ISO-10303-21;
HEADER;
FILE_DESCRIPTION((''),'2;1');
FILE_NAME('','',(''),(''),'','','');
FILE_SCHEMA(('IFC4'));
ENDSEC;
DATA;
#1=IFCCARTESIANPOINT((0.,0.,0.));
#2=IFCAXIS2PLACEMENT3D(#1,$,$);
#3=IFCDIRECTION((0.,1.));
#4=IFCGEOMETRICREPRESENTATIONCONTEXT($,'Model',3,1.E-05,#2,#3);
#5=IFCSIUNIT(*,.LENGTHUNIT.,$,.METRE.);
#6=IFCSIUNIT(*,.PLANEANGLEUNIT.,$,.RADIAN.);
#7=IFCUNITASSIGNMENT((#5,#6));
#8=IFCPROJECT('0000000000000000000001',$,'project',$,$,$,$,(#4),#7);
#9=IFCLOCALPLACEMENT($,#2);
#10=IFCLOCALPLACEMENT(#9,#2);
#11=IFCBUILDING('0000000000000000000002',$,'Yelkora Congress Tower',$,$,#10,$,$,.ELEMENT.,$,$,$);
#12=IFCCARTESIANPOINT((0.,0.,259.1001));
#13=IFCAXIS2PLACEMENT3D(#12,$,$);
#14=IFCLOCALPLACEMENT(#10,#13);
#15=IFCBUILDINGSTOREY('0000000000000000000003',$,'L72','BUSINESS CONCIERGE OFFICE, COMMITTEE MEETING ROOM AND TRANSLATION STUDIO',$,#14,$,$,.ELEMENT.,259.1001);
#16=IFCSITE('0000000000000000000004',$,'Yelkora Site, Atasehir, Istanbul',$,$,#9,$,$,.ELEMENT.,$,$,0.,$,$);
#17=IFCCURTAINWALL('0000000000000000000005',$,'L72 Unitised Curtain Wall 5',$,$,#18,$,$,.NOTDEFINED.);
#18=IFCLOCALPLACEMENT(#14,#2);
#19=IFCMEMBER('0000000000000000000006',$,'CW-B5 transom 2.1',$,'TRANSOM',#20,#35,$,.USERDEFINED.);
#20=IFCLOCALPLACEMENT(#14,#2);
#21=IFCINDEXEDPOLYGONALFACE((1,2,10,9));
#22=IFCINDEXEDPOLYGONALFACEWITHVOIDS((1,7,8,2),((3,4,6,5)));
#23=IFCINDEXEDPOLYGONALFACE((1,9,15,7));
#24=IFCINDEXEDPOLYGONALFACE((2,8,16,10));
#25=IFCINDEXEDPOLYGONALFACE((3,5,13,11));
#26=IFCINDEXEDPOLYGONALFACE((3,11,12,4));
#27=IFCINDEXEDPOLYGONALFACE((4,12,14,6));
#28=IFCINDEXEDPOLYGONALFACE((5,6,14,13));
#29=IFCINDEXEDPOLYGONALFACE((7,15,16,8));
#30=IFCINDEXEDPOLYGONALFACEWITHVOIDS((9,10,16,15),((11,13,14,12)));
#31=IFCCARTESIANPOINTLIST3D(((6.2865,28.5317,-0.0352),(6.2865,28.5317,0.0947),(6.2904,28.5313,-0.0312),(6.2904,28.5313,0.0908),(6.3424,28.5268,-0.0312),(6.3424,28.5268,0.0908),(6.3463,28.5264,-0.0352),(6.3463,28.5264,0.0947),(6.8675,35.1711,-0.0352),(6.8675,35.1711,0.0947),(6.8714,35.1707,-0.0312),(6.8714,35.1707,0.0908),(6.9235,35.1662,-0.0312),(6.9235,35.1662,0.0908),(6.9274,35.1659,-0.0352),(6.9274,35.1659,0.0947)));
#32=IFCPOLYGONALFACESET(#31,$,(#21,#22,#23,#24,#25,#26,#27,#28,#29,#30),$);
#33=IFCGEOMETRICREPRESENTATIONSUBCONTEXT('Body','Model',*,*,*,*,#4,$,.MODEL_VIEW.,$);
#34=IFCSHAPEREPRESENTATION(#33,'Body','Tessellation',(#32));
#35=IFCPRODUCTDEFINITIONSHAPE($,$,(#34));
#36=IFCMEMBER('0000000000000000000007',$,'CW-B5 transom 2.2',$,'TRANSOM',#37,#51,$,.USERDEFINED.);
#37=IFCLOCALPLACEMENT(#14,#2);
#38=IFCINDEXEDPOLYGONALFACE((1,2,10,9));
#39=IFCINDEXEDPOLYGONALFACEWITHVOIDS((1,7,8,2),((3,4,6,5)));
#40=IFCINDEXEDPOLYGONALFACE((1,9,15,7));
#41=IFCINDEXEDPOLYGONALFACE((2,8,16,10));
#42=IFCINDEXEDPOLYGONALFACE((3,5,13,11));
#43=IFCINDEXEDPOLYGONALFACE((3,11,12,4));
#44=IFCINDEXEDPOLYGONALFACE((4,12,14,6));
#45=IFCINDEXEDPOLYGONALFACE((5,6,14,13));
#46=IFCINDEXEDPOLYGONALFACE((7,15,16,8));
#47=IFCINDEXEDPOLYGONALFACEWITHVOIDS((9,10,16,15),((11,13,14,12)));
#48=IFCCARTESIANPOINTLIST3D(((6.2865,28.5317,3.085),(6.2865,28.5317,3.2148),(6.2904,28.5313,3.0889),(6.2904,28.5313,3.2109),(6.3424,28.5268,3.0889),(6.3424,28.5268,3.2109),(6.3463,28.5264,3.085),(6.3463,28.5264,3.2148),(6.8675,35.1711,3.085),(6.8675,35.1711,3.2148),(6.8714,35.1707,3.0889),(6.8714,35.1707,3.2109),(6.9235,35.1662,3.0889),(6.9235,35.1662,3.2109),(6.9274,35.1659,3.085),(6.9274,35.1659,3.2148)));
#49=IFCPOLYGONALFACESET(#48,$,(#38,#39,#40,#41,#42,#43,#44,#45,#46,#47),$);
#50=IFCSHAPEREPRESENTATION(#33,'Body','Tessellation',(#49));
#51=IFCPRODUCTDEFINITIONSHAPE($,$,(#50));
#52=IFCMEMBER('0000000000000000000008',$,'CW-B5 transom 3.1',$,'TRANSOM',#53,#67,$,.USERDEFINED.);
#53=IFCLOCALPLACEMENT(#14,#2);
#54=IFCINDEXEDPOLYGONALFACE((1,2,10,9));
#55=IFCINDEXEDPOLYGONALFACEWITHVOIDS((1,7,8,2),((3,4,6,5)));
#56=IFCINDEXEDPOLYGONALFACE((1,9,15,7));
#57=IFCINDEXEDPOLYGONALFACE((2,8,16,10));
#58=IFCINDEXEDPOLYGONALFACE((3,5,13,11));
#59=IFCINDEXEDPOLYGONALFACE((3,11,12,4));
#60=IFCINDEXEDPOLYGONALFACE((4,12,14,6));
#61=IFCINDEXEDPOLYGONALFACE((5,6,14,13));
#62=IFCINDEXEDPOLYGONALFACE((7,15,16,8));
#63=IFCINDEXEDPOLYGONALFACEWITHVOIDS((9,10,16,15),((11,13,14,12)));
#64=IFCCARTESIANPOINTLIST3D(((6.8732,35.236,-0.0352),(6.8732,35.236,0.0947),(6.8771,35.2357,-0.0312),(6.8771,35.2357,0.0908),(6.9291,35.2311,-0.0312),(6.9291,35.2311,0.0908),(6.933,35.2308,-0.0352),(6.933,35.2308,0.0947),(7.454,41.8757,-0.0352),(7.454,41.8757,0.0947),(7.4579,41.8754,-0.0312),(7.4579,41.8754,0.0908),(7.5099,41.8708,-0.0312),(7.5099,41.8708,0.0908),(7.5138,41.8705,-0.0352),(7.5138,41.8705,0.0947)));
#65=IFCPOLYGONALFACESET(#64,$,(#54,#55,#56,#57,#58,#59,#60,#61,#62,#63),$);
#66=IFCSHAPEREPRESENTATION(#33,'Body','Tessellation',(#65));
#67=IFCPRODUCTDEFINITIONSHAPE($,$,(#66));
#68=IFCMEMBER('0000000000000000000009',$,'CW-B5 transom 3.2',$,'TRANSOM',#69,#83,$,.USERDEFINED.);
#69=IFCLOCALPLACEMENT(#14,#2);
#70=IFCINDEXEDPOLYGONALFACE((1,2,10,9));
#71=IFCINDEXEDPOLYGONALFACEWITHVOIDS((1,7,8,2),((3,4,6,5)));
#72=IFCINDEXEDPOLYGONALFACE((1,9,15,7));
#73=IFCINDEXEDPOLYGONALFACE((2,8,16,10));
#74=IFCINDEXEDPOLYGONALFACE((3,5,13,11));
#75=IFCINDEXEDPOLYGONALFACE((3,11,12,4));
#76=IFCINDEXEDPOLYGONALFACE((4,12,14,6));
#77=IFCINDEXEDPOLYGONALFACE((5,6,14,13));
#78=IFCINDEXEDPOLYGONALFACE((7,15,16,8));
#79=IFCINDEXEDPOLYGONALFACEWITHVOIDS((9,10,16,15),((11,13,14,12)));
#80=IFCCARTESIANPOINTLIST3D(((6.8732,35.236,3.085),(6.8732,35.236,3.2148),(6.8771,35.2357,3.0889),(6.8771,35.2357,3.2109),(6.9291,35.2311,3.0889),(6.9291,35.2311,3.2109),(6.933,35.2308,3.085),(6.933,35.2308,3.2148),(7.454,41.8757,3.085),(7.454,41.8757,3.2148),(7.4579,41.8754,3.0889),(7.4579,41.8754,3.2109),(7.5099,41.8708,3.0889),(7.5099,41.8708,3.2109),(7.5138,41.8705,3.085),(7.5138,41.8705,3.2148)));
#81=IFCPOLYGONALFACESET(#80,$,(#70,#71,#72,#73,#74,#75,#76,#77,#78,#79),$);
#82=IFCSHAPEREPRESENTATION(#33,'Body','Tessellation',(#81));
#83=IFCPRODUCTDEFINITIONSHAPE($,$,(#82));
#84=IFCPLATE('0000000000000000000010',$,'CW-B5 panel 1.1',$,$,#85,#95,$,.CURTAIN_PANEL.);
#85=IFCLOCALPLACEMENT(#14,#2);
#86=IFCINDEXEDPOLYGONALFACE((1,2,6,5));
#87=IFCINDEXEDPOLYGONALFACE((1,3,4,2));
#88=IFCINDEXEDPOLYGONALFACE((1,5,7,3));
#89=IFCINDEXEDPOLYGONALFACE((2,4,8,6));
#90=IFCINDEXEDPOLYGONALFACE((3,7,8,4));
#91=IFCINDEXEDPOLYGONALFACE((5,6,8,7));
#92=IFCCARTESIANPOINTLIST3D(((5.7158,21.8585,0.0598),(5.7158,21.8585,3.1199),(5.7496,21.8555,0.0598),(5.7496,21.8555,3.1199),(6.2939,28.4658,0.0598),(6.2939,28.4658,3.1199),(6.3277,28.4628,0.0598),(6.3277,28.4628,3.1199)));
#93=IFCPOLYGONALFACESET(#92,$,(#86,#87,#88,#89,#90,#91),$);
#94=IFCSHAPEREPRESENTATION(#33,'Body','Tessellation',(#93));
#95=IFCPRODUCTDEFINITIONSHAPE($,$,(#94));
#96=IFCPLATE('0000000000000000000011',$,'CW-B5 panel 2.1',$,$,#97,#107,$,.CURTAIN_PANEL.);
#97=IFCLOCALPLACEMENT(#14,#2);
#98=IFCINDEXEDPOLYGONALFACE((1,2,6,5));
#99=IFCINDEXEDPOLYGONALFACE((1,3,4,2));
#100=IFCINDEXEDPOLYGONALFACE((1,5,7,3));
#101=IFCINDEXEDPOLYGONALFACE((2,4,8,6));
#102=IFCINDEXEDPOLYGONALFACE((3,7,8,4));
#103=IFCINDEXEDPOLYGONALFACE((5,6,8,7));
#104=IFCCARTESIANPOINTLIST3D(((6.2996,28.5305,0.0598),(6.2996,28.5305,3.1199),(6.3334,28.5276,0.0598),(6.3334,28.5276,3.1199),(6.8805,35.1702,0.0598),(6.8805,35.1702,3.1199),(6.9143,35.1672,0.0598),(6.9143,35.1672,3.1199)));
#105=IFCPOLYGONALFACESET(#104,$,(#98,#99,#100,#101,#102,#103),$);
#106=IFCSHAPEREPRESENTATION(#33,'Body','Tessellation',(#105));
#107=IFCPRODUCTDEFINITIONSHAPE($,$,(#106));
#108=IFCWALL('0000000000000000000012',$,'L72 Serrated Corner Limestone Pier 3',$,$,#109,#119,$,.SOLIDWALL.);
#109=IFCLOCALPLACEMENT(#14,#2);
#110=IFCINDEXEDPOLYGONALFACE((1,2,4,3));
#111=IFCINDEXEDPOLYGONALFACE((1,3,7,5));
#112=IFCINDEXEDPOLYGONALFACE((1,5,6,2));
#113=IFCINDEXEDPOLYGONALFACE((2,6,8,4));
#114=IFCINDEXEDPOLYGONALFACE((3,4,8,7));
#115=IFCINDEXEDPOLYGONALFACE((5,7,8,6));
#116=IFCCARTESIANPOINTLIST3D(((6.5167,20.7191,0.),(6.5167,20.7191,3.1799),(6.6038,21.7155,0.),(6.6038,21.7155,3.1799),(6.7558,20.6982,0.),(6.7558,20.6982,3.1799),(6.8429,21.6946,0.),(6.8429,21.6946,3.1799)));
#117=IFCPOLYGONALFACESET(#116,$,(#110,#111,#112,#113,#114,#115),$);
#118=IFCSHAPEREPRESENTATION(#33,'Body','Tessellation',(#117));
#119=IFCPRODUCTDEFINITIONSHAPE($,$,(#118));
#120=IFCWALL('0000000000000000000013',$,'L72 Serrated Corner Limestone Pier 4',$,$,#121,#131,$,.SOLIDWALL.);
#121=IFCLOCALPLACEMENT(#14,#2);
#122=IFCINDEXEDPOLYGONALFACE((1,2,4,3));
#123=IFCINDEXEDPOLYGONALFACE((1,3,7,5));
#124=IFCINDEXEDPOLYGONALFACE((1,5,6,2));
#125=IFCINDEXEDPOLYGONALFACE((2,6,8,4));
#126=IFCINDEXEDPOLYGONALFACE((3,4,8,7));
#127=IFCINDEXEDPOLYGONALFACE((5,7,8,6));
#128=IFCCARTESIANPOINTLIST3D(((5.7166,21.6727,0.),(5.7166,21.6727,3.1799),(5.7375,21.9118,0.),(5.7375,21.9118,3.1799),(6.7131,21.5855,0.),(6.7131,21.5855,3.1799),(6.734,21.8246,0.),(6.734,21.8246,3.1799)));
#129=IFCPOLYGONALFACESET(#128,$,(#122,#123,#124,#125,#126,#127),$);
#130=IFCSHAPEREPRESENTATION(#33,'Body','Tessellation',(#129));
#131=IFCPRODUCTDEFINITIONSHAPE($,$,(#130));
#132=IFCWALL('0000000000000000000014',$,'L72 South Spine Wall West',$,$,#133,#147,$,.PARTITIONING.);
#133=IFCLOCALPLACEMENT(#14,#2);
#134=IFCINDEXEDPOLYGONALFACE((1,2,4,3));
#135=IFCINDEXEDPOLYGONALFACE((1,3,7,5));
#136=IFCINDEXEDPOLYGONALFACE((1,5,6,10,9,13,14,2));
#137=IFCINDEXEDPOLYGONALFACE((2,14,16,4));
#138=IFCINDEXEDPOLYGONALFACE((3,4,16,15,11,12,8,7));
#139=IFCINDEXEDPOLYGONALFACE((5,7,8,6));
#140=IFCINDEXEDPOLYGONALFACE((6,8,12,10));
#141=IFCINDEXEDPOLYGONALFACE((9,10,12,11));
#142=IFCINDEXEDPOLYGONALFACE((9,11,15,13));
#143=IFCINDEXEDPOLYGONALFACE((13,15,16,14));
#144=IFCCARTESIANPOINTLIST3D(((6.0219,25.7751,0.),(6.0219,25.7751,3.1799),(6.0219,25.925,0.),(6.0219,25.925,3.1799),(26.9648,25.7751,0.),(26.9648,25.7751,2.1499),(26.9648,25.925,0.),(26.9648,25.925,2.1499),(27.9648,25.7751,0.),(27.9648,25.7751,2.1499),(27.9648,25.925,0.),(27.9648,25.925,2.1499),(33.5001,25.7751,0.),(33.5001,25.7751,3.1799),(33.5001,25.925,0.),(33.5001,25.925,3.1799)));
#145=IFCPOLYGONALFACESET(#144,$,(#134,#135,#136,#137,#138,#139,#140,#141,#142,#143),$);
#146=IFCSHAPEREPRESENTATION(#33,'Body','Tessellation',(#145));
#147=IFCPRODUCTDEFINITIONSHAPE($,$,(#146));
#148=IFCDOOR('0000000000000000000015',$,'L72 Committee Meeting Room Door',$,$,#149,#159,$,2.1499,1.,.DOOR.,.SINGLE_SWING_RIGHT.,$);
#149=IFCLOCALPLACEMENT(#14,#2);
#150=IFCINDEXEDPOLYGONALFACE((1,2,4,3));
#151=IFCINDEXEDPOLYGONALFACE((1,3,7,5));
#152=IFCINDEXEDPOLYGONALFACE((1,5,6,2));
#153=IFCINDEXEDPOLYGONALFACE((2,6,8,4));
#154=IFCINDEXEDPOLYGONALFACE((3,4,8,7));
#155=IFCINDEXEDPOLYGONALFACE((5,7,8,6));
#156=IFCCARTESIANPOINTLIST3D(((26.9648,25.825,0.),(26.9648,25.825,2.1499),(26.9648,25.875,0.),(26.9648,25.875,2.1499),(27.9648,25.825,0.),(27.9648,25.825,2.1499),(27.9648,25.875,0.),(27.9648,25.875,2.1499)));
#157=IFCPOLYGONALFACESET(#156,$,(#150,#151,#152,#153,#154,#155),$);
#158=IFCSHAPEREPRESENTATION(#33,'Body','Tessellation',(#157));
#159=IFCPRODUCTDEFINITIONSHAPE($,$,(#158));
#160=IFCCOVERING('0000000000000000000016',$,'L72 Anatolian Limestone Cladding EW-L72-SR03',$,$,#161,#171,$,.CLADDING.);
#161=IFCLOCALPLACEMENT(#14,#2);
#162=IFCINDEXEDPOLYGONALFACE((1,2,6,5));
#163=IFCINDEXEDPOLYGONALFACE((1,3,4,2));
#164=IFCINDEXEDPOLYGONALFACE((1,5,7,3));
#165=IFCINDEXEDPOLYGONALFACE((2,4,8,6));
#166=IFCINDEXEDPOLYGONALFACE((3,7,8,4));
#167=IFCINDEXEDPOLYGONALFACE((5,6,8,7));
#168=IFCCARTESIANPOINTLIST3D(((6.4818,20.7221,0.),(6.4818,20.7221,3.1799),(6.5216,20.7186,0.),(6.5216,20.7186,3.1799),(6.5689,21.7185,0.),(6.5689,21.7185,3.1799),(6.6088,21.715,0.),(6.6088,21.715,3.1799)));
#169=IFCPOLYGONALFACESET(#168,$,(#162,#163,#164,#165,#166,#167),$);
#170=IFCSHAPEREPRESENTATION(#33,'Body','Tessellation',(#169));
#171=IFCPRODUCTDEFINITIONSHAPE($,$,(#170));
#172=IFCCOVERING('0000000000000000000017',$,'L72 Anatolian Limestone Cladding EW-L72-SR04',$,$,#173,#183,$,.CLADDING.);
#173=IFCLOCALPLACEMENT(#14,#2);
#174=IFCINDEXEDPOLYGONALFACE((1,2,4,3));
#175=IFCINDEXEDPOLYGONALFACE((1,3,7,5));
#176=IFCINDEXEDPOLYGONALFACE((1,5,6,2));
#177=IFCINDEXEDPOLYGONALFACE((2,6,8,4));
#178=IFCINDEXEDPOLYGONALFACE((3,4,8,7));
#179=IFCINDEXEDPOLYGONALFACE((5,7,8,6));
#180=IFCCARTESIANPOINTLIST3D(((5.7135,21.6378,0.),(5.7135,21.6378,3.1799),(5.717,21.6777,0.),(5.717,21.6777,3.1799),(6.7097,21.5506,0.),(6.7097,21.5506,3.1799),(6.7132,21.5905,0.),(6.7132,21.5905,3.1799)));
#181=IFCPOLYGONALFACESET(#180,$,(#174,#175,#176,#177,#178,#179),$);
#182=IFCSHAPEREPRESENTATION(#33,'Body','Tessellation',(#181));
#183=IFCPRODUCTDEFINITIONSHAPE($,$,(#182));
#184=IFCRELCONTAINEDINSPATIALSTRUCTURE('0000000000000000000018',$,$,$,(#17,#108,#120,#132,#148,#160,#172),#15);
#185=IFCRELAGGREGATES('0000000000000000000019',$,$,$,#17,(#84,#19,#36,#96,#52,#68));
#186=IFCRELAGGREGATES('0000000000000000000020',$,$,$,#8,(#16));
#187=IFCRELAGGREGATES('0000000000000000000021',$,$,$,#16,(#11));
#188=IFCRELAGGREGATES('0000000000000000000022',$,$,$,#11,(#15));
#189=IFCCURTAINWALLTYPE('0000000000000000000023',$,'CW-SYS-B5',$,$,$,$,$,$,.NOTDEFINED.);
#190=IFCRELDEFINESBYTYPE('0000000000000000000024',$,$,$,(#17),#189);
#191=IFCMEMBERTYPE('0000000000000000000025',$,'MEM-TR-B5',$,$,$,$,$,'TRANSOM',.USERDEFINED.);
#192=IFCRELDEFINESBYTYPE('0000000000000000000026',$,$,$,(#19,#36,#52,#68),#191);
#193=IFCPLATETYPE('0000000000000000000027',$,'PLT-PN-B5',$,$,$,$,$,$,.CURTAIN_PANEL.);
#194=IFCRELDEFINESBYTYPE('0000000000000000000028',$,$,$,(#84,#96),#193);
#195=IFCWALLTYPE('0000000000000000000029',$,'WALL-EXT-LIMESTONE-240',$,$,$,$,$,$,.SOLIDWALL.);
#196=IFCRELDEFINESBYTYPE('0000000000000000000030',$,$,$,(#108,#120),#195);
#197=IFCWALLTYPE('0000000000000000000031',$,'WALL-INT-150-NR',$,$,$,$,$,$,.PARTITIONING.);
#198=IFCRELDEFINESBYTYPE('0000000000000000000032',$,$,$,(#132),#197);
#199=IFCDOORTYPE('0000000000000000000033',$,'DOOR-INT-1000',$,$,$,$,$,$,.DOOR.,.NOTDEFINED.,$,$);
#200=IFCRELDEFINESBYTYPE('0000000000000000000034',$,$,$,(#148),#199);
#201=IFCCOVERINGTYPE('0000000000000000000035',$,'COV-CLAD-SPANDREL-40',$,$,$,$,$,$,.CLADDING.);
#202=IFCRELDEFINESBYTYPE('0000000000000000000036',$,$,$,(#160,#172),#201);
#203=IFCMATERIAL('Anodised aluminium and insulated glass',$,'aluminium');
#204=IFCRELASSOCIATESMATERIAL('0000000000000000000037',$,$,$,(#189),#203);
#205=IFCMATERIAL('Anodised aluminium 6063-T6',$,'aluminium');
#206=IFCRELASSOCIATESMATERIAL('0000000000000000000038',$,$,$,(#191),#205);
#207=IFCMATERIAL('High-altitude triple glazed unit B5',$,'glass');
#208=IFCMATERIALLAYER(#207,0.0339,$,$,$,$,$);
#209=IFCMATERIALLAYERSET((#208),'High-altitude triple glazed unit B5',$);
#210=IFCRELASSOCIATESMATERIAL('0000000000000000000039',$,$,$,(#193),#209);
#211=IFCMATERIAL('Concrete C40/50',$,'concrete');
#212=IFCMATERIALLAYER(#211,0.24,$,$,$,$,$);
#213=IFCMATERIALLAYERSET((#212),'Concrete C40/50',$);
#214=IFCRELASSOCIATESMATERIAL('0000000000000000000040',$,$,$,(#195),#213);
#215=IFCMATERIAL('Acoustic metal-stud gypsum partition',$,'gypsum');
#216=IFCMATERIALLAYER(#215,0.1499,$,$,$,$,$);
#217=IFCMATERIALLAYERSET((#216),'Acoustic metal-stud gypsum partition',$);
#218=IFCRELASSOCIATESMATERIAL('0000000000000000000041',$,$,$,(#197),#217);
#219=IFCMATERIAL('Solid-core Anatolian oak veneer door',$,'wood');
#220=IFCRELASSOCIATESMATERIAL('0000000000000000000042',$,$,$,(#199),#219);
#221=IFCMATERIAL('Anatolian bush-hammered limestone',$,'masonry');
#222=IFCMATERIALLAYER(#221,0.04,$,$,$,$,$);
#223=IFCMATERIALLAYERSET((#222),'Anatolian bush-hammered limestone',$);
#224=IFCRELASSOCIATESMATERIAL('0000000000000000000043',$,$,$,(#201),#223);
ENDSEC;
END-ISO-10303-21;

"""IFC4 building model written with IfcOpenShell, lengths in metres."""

from ifc_helpers import new_model, si_unit, direction, frame, frame_2d, origin, origin_2d, place, context, subcontext, project, spatial, rectangle, hollow_rectangle, extrude, material, layer, layer_set, material_profile, profile_set, type_object, element, fill, aggregate, save


model = new_model("IFC4")

# Units and contexts
model_context = context("Model", 3, precision=1e-05, world=origin(), true_north=direction((0.0, 1.0)))
body_context = subcontext(model_context, "Body", "Model", "MODEL_VIEW")
ifc_project = project(units=[si_unit("LENGTHUNIT", "METRE"), si_unit("PLANEANGLEUNIT", "RADIAN")], contexts=[model_context])

# Site, building, storey
site_placement = place(None, origin())
site = spatial("IfcSite", under=ifc_project, at=site_placement, Name="Yelkora Site, Atasehir, Istanbul", CompositionType="ELEMENT", RefElevation=0.0)
building_placement = place(site_placement, origin())
building = spatial("IfcBuilding", under=site, at=building_placement, Name="Yelkora Congress Tower", CompositionType="ELEMENT")
storey_placement = place(building_placement, frame((0.0, 0.0, 259.1001)))
storey = spatial("IfcBuildingStorey", under=building, at=storey_placement, Name="L72", Description="BUSINESS CONCIERGE OFFICE, COMMITTEE MEETING ROOM AND TRANSLATION STUDIO", CompositionType="ELEMENT", Elevation=259.1001)

# Curtain wall, members, plates
ifc_material_1 = material(Name="Anodised aluminium and insulated glass", Category="aluminium")
curtain_wall_type = type_object("IfcCurtainWallType", Name="CW-SYS-B5", PredefinedType="NOTDEFINED", material=ifc_material_1)
curtain_wall_placement = place(storey_placement, origin())
curtain_wall = element("IfcCurtainWall", 1, at=curtain_wall_placement, inside=storey, type_object=curtain_wall_type, Name="L72 Unitised Curtain Wall 5", PredefinedType="NOTDEFINED")
ifc_material_2 = material(Name="Anodised aluminium 6063-T6", Category="aluminium")
ifc_material_profile_1 = material_profile(ifc_material_2, hollow_rectangle(XDim=0.0601, YDim=0.1299, WallThickness=0.0039, at=origin_2d()), Name="ALU 60x130x4")
ifc_profile_set_1 = profile_set([ifc_material_profile_1], Name="Anodised aluminium 6063-T6")
member_type_1 = type_object("IfcMemberType", Name="MEM-TR-B5", ElementType="TRANSOM", PredefinedType="USERDEFINED", material=ifc_profile_set_1)
member_1_placement = place(storey_placement, frame((6.3164, 28.5291, 0.0298), z_axis=(0.087183, 0.996192, 0.0), x_axis=(-0.996192, 0.087183, 0.0)))
member_1 = element("IfcMember", 2, at=member_1_placement, type_object=member_type_1, Name="CW-B5 transom 2.1", ObjectType="TRANSOM", PredefinedType="USERDEFINED", context=body_context, shape_type="SweptSolid", body=[
    extrude(hollow_rectangle(XDim=0.0601, YDim=0.1299, WallThickness=0.0039, at=origin_2d()), origin(), (0.0, 0.0, 1.0), 6.6648),
])
member_2_placement = place(storey_placement, frame((6.3164, 28.5291, 3.1499), z_axis=(0.087183, 0.996192, 0.0), x_axis=(-0.996192, 0.087183, 0.0)))
member_2 = element("IfcMember", 3, at=member_2_placement, type_object=member_type_1, Name="CW-B5 transom 2.2", ObjectType="TRANSOM", PredefinedType="USERDEFINED", context=body_context, shape_type="SweptSolid", body=[
    extrude(hollow_rectangle(XDim=0.0601, YDim=0.1299, WallThickness=0.0039, at=origin_2d()), origin(), (0.0, 0.0, 1.0), 6.6648),
])
member_3_placement = place(storey_placement, frame((6.9031, 35.2334, 0.0298), z_axis=(0.087143, 0.996196, 0.0), x_axis=(-0.996196, 0.087143, 0.0)))
member_3 = element("IfcMember", 4, at=member_3_placement, type_object=member_type_1, Name="CW-B5 transom 3.1", ObjectType="TRANSOM", PredefinedType="USERDEFINED", context=body_context, shape_type="SweptSolid", body=[
    extrude(hollow_rectangle(XDim=0.0601, YDim=0.1299, WallThickness=0.0039, at=origin_2d()), origin(), (0.0, 0.0, 1.0), 6.665),
])
member_4_placement = place(storey_placement, frame((6.9031, 35.2334, 3.1499), z_axis=(0.087143, 0.996196, 0.0), x_axis=(-0.996196, 0.087143, 0.0)))
member_4 = element("IfcMember", 5, at=member_4_placement, type_object=member_type_1, Name="CW-B5 transom 3.2", ObjectType="TRANSOM", PredefinedType="USERDEFINED", context=body_context, shape_type="SweptSolid", body=[
    extrude(hollow_rectangle(XDim=0.0601, YDim=0.1299, WallThickness=0.0039, at=origin_2d()), origin(), (0.0, 0.0, 1.0), 6.665),
])
ifc_material_3 = material(Name="High-altitude triple glazed unit B5", Category="glass")
ifc_layer_1 = layer(ifc_material_3, 0.0339)
ifc_layer_set_1 = layer_set([ifc_layer_1], Name="High-altitude triple glazed unit B5")
plate_type = type_object("IfcPlateType", Name="PLT-PN-B5", PredefinedType="CURTAIN_PANEL", material=ifc_layer_set_1)
plate_1_placement = place(storey_placement, frame((6.0217, 25.1606, 0.0598), z_axis=(0.0, 0.0, 1.0), x_axis=(0.087155, 0.996195, 0.0)))
plate_1 = element("IfcPlate", 6, at=plate_1_placement, type_object=plate_type, Name="CW-B5 panel 1.1", PredefinedType="CURTAIN_PANEL", context=body_context, shape_type="SweptSolid", body=[
    extrude(rectangle(XDim=6.6326, YDim=0.0339, at=origin_2d()), origin(), (0.0, 0.0, 1.0), 3.0601),
])
plate_2_placement = place(storey_placement, frame((6.6069, 31.8489, 0.0598), z_axis=(0.0, 0.0, 1.0), x_axis=(0.087155, 0.996195, 0.0)))
plate_2 = element("IfcPlate", 7, at=plate_2_placement, type_object=plate_type, Name="CW-B5 panel 2.1", PredefinedType="CURTAIN_PANEL", context=body_context, shape_type="SweptSolid", body=[
    extrude(rectangle(XDim=6.665, YDim=0.0339, at=origin_2d()), origin(), (0.0, 0.0, 1.0), 3.0601),
])
aggregate(curtain_wall, [plate_1, member_1, member_2, plate_2, member_3, member_4])

# Walls
ifc_material_4 = material(Name="Concrete C40/50", Category="concrete")
ifc_layer_2 = layer(ifc_material_4, 0.24)
ifc_layer_set_2 = layer_set([ifc_layer_2], Name="Concrete C40/50")
wall_type_1 = type_object("IfcWallType", Name="WALL-EXT-LIMESTONE-240", PredefinedType="SOLIDWALL", material=ifc_layer_set_2)
for number, where, z_axis, x_axis, name in (
    (8, (6.6362, 20.7087, 0.0), (0.0, 0.0, 1.0), (0.087146, 0.996196, 0.0), "L72 Serrated Corner Limestone Pier 3"),
    (9, (6.7234, 21.7051, 0.0), (0.0, 0.0, 1.0), (-0.996196, 0.087146, 0.0), "L72 Serrated Corner Limestone Pier 4"),
):
    element("IfcWall", number, at=place(storey_placement, frame(where, z_axis=z_axis, x_axis=x_axis)), inside=storey, type_object=wall_type_1, Name=name, PredefinedType="SOLIDWALL", context=body_context, shape_type="SweptSolid", body=[
        extrude(rectangle(XDim=1.0002, YDim=0.24, at=frame_2d((0.5, 0.0))), origin(), (0.0, 0.0, 1.0), 3.1799),
    ])

# Wall, opening, door
ifc_material_5 = material(Name="Acoustic metal-stud gypsum partition", Category="gypsum")
ifc_layer_3 = layer(ifc_material_5, 0.1499)
ifc_layer_set_3 = layer_set([ifc_layer_3], Name="Acoustic metal-stud gypsum partition")
wall_type_2 = type_object("IfcWallType", Name="WALL-INT-150-NR", PredefinedType="PARTITIONING", material=ifc_layer_set_3)
wall_placement = place(storey_placement, frame((6.0217, 25.8501, 0.0), z_axis=(0.0, 0.0, 1.0), x_axis=(1.0, 0.0, 0.0)))
wall = element("IfcWall", 10, at=wall_placement, inside=storey, type_object=wall_type_2, Name="L72 South Spine Wall West", PredefinedType="PARTITIONING", context=body_context, shape_type="SweptSolid", body=[
    extrude(rectangle(XDim=27.4783, YDim=0.1499, at=frame_2d((13.7393, 0.0))), origin(), (0.0, 0.0, 1.0), 3.1799),
])
opening_placement = place(wall_placement, frame((20.9431, 0.0, 0.0)))
opening = element("IfcOpeningElement", 11, at=opening_placement, cuts=wall, PredefinedType="OPENING", context=body_context, shape_type="SweptSolid", body=[
    extrude(rectangle(XDim=1.0, YDim=2.1499, at=frame_2d((0.5, 1.075))), frame((0.0, 0.085, 0.0), z_axis=(0.0, -1.0, 0.0), x_axis=(1.0, 0.0, 0.0)), (0.0, 0.0, 1.0), 0.1699),
])
ifc_material_6 = material(Name="Solid-core Anatolian oak veneer door", Category="wood")
door_type = type_object("IfcDoorType", Name="DOOR-INT-1000", OperationType="NOTDEFINED", PredefinedType="DOOR", material=ifc_material_6)
door_placement = place(opening_placement, origin())
door = element("IfcDoor", 12, at=door_placement, inside=storey, type_object=door_type, Name="L72 Committee Meeting Room Door", OperationType="SINGLE_SWING_RIGHT", OverallHeight=2.1499, OverallWidth=1.0, PredefinedType="DOOR", context=body_context, shape_type="SweptSolid", body=[
    extrude(rectangle(XDim=1.0, YDim=2.1499, at=frame_2d((0.5, 1.075))), frame((0.0, 0.0249, 0.0), z_axis=(0.0, -1.0, 0.0), x_axis=(1.0, 0.0, 0.0)), (0.0, 0.0, 1.0), 0.05),
])
fill(opening, door)

# Coverings
ifc_material_7 = material(Name="Anatolian bush-hammered limestone", Category="masonry")
ifc_layer_4 = layer(ifc_material_7, 0.04)
ifc_layer_set_4 = layer_set([ifc_layer_4], Name="Anatolian bush-hammered limestone")
covering_type = type_object("IfcCoveringType", Name="COV-CLAD-SPANDREL-40", PredefinedType="CLADDING", material=ifc_layer_set_4)
covering_1_placement = place(storey_placement, frame((6.5017, 20.7205, 0.0), z_axis=(0.0, 0.0, 1.0), x_axis=(0.087146, 0.996196, 0.0)))
element("IfcCovering", 13, at=covering_1_placement, inside=storey, type_object=covering_type, Name="L72 Anatolian Limestone Cladding EW-L72-SR03", PredefinedType="CLADDING", context=body_context, shape_type="SweptSolid", body=[
    extrude(rectangle(XDim=1.0002, YDim=0.04, at=frame_2d((0.5, 0.0))), origin(), (0.0, 0.0, 1.0), 3.1799),
])
covering_2_placement = place(storey_placement, frame((6.7114, 21.5706, 0.0), z_axis=(0.0, 0.0, 1.0), x_axis=(-0.996194, 0.087167, 0.0)))
element("IfcCovering", 14, at=covering_2_placement, inside=storey, type_object=covering_type, Name="L72 Anatolian Limestone Cladding EW-L72-SR04", PredefinedType="CLADDING", context=body_context, shape_type="SweptSolid", body=[
    extrude(rectangle(XDim=1.0, YDim=0.04, at=frame_2d((0.5, 0.0))), origin(), (0.0, 0.0, 1.0), 3.1799),
])

save(model, "model.ifc")
